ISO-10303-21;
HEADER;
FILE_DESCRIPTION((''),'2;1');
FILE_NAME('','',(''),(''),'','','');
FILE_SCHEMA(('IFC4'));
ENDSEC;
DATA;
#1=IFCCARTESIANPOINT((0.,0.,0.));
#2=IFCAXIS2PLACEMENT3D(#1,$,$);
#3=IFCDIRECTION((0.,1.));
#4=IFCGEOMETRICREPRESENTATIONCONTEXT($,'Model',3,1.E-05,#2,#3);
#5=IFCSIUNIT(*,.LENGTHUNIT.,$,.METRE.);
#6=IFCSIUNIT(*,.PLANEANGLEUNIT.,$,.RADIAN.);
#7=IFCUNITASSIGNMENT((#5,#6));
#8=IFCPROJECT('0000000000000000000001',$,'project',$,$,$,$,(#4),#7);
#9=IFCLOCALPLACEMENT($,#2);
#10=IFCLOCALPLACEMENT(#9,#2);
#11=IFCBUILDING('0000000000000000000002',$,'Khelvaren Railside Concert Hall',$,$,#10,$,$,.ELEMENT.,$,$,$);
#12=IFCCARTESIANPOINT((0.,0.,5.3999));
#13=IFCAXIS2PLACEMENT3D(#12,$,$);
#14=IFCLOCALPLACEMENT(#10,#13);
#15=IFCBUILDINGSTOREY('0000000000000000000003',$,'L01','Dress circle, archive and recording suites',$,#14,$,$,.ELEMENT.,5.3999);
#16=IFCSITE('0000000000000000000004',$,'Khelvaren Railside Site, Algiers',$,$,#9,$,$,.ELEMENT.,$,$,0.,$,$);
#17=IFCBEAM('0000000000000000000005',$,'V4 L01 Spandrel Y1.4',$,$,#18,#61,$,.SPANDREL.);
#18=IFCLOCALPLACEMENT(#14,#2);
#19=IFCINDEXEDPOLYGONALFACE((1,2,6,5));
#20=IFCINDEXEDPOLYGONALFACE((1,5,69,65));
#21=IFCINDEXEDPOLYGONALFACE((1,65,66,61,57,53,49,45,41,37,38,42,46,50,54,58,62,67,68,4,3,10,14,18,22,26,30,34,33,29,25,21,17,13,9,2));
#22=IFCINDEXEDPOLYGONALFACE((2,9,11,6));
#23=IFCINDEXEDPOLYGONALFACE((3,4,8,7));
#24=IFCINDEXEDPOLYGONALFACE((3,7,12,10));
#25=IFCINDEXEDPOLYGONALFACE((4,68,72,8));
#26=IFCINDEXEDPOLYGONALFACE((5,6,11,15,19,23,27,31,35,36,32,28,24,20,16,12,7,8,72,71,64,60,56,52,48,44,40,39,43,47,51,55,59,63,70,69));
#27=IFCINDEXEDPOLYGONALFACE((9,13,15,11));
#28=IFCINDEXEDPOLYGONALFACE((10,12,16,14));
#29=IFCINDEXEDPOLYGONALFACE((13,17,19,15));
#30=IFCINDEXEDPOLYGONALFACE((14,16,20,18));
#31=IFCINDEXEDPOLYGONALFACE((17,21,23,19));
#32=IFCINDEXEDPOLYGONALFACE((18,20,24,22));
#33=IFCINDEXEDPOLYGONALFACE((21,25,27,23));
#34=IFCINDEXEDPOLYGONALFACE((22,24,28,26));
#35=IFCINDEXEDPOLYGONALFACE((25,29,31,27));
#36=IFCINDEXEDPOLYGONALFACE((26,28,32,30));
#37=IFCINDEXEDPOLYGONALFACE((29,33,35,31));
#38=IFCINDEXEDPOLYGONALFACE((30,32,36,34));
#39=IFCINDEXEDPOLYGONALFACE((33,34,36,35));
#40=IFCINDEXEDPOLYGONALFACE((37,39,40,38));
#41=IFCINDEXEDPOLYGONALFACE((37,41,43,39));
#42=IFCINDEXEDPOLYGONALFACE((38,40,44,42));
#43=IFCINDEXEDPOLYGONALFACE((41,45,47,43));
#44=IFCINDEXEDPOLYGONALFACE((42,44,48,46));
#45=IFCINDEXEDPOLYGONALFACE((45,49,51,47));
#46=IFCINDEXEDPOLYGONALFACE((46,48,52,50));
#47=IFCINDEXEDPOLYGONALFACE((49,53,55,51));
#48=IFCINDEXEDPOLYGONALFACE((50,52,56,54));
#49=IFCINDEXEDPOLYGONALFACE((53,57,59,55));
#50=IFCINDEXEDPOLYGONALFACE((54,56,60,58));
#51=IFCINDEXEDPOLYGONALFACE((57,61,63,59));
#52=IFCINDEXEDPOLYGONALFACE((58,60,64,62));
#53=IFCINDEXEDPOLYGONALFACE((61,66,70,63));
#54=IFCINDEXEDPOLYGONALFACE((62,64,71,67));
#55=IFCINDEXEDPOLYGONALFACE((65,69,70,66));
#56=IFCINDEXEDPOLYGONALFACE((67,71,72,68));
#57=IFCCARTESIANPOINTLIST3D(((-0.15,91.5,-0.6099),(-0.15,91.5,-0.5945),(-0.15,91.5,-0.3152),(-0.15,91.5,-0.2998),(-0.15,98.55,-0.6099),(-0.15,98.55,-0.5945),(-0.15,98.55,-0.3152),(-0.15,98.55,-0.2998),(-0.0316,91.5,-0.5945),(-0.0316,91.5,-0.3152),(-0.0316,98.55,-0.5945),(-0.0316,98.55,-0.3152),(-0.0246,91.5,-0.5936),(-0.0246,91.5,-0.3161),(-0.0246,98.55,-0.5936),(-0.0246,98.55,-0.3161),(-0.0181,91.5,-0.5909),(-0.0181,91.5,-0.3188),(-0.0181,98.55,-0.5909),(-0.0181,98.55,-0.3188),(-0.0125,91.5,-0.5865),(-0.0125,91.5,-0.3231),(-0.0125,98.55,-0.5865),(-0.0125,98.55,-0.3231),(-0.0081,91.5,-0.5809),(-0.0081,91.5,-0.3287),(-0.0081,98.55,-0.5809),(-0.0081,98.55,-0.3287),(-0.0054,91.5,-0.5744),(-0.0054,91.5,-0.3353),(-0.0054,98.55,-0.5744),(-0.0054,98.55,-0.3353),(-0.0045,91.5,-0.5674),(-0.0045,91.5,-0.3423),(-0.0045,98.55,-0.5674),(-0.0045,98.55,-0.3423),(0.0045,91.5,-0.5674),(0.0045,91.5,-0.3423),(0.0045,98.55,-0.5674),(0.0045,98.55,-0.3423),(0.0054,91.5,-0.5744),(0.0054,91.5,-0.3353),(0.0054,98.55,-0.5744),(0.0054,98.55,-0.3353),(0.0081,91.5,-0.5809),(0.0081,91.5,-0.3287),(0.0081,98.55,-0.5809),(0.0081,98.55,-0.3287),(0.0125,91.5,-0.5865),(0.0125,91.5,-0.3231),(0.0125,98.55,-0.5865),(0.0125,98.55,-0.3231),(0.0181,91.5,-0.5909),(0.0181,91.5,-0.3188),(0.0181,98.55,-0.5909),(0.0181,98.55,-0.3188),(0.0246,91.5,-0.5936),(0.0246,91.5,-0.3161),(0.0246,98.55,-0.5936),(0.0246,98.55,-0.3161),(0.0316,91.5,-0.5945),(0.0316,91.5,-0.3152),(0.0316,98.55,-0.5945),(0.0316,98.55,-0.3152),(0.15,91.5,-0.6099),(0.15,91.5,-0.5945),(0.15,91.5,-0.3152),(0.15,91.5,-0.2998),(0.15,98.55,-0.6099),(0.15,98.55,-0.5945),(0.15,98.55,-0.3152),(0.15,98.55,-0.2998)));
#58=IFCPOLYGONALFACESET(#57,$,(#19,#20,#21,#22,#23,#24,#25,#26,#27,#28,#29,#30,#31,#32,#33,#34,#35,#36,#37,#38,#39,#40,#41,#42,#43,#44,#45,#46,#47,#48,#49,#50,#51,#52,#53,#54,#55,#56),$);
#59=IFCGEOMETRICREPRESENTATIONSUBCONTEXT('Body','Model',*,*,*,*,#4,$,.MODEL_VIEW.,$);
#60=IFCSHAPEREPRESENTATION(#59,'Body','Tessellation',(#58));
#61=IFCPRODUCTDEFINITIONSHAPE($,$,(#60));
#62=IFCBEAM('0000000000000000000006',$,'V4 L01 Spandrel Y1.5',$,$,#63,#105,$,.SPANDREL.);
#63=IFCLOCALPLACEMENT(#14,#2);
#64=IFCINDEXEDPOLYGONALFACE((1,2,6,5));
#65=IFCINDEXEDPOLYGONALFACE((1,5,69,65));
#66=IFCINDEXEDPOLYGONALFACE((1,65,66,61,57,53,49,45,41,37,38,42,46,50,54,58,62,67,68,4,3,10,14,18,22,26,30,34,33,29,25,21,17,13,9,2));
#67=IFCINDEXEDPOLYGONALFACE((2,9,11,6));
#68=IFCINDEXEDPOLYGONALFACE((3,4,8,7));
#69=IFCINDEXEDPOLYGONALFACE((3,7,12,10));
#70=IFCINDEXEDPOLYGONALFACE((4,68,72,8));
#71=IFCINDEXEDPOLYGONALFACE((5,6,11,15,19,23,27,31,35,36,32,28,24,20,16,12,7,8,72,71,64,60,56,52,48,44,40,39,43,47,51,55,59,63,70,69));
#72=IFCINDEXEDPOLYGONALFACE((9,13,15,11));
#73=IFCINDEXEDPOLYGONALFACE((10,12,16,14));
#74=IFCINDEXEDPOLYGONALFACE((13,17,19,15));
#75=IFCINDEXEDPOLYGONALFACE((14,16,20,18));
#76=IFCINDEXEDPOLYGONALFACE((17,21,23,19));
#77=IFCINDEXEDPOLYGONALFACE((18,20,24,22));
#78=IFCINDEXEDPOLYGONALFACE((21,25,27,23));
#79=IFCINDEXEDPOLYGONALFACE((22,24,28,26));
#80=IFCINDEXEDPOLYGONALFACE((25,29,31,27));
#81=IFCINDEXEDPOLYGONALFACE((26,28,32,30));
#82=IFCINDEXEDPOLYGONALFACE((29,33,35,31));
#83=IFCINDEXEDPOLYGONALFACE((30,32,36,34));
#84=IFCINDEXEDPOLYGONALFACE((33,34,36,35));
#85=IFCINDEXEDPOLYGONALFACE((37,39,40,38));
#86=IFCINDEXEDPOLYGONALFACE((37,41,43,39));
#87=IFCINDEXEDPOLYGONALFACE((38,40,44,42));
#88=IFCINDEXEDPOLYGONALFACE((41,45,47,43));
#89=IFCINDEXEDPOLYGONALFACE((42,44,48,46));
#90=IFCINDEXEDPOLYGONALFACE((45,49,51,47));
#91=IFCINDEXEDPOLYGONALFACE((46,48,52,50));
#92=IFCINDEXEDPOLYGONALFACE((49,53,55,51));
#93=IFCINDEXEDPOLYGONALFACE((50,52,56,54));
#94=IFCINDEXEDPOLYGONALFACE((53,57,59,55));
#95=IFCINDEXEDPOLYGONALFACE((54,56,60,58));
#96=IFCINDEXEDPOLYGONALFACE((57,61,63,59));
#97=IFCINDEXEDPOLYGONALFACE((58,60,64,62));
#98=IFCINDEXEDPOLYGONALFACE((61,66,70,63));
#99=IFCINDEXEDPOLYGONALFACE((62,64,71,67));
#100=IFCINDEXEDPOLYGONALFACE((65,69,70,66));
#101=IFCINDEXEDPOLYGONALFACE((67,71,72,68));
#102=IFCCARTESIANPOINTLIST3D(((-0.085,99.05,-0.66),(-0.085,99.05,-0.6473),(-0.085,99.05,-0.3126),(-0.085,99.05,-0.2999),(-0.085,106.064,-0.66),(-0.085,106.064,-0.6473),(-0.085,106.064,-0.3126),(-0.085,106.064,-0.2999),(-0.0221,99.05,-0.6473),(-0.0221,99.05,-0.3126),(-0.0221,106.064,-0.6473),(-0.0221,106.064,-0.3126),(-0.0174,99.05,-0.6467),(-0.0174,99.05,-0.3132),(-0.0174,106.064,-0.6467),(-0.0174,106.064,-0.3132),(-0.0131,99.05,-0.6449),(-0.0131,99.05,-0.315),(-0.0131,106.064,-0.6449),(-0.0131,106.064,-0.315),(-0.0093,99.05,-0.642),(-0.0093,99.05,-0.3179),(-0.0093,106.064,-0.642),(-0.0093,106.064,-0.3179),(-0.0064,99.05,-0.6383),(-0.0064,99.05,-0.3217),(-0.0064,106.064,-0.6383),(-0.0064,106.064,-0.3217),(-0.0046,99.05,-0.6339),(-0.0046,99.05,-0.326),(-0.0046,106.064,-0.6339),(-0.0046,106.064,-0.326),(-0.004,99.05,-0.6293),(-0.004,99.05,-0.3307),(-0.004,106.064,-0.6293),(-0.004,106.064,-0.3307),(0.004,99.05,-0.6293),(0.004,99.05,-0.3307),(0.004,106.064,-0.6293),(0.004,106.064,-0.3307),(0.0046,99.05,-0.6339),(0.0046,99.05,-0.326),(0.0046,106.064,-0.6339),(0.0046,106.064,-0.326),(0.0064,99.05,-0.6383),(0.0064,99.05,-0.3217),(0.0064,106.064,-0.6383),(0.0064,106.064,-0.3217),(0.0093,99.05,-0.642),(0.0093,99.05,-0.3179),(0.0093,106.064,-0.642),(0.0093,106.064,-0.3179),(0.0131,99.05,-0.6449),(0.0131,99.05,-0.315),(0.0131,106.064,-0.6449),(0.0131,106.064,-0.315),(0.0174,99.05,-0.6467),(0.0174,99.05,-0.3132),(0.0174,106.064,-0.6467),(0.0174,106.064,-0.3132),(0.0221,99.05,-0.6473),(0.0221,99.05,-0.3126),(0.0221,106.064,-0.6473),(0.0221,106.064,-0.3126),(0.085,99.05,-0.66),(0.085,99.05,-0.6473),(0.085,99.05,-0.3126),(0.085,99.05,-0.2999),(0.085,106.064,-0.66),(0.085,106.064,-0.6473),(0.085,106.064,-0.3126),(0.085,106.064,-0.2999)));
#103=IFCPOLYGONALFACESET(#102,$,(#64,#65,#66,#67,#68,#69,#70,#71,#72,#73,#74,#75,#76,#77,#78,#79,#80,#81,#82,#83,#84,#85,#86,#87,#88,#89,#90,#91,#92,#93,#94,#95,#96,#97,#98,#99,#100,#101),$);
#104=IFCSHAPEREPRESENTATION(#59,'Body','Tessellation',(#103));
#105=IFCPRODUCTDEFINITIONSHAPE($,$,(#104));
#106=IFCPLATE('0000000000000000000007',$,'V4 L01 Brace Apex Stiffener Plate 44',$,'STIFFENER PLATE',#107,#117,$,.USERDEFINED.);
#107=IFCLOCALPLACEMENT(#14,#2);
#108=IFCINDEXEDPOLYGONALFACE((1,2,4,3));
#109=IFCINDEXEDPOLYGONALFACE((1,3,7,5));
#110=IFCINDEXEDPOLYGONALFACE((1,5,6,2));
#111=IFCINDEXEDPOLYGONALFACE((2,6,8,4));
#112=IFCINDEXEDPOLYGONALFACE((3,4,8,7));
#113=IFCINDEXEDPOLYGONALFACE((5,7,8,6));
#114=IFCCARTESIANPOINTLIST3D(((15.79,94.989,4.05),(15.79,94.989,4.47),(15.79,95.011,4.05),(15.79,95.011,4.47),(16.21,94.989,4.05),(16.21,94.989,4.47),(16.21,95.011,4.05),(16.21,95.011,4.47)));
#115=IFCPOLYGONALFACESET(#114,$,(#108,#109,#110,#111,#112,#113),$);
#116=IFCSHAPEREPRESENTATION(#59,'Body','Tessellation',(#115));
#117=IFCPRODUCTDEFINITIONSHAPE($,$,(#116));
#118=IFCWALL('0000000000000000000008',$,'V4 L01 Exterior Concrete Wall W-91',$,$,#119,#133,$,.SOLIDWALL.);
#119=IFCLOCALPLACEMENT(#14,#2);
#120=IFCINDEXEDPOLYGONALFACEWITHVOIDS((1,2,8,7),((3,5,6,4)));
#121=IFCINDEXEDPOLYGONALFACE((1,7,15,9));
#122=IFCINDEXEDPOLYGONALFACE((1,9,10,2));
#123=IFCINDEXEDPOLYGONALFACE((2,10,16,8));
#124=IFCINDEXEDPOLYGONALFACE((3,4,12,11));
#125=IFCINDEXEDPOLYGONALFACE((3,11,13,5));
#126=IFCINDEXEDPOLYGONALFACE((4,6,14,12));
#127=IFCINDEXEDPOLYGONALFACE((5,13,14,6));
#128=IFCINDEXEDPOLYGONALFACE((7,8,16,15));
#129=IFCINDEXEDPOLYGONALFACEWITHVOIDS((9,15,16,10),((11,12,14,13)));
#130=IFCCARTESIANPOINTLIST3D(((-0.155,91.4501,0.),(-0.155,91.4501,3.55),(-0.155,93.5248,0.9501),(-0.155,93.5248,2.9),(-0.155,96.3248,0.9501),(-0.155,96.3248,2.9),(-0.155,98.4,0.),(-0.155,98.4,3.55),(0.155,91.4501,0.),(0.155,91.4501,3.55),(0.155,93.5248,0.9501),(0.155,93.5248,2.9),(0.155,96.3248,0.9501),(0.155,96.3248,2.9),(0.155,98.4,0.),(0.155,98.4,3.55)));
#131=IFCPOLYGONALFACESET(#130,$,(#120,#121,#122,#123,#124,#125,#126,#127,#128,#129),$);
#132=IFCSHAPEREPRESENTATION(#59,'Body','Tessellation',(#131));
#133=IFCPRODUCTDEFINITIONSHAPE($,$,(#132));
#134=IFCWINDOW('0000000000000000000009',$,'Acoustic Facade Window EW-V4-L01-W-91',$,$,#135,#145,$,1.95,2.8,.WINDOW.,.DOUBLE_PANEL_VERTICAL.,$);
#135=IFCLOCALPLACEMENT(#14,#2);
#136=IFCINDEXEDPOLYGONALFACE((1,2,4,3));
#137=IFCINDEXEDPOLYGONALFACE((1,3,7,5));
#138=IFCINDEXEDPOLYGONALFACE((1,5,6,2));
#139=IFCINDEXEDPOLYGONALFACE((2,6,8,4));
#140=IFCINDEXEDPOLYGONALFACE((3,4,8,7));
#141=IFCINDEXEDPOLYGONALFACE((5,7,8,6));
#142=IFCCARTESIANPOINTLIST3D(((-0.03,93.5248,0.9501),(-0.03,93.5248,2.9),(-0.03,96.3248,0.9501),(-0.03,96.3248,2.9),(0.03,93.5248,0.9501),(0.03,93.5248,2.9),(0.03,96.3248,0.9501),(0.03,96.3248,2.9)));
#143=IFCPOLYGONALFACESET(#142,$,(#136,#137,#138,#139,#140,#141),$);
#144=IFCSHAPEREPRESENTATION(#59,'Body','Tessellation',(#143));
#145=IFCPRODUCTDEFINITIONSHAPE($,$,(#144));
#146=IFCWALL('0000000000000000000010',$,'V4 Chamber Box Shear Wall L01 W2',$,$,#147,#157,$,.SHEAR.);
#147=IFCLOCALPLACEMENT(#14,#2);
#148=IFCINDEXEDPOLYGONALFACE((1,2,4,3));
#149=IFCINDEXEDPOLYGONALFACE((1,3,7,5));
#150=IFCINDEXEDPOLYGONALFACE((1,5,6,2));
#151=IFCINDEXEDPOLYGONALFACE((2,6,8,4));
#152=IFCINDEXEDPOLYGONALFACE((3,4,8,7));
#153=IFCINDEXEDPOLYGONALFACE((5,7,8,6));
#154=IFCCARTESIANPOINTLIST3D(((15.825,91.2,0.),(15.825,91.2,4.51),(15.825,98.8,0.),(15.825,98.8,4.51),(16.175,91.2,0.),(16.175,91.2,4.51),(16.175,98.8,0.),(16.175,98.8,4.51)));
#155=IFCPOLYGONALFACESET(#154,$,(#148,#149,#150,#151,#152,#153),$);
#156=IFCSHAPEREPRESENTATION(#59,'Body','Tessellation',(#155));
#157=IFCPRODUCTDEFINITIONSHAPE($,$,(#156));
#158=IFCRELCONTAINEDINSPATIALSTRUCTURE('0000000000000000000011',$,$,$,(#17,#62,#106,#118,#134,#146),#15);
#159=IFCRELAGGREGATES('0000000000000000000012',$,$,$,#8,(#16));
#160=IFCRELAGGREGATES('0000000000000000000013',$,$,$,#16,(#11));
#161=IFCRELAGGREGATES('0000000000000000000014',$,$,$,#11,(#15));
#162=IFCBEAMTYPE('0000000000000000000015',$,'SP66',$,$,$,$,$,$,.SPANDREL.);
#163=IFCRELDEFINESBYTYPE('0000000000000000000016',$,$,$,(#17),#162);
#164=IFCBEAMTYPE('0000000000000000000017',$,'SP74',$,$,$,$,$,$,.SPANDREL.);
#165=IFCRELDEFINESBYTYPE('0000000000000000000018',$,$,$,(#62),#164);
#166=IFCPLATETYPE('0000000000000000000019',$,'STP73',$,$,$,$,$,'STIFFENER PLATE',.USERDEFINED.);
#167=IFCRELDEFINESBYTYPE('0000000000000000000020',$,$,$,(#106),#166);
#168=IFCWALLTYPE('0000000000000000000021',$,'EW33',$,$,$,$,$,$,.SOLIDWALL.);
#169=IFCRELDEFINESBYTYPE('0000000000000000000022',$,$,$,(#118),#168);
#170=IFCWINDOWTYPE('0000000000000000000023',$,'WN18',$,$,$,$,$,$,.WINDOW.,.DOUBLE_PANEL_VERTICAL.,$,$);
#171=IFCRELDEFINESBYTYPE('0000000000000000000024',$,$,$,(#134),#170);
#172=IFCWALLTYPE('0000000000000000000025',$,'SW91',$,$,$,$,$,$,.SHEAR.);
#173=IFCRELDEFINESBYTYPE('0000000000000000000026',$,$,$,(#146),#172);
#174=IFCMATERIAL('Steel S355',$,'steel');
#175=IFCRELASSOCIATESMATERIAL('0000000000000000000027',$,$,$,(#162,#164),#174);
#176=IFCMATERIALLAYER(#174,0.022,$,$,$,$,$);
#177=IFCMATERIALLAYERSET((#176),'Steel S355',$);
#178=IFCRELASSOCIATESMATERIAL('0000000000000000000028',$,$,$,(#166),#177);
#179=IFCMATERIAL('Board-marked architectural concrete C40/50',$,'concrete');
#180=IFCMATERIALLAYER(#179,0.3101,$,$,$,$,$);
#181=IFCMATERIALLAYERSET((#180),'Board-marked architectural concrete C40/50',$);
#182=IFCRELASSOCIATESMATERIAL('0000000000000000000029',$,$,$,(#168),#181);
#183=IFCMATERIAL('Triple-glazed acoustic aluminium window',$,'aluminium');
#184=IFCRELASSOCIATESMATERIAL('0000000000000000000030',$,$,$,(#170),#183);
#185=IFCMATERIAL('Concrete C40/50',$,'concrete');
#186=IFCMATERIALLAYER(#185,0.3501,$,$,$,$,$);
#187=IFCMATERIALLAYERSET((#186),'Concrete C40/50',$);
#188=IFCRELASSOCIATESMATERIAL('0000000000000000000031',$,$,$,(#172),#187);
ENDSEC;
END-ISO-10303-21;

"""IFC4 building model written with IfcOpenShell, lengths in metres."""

from ifc_helpers import new_model, si_unit, direction, frame, frame_2d, origin, origin_2d, place, context, subcontext, project, spatial, rectangle, i_section, extrude, material, layer, layer_set, material_profile, profile_set, type_object, element, fill, save


model = new_model("IFC4")

# Units and contexts
model_context = context("Model", 3, precision=1e-05, world=origin(), true_north=direction((0.0, 1.0)))
body_context = subcontext(model_context, "Body", "Model", "MODEL_VIEW")
ifc_project = project(units=[si_unit("LENGTHUNIT", "METRE"), si_unit("PLANEANGLEUNIT", "RADIAN")], contexts=[model_context])

# Site, building, storey
site_placement = place(None, origin())
site = spatial("IfcSite", under=ifc_project, at=site_placement, Name="Khelvaren Railside Site, Algiers", CompositionType="ELEMENT", RefElevation=0.0)
building_placement = place(site_placement, origin())
building = spatial("IfcBuilding", under=site, at=building_placement, Name="Khelvaren Railside Concert Hall", CompositionType="ELEMENT")
storey_placement = place(building_placement, frame((0.0, 0.0, 5.3999)))
storey = spatial("IfcBuildingStorey", under=building, at=storey_placement, Name="L01", Description="Dress circle, archive and recording suites", CompositionType="ELEMENT", Elevation=5.3999)

# Shared definitions
ifc_material_1 = material(Name="Steel S355", Category="steel")
ifc_material_2 = material(Name="Concrete C40/50", Category="concrete")

# Beams
ifc_material_profile_1 = material_profile(ifc_material_1, i_section(OverallWidth=0.3, OverallDepth=0.3101, WebThickness=0.009, FlangeThickness=0.0154, FilletRadius=0.0271, at=origin_2d()), Name="HEA 320")
ifc_profile_set_1 = profile_set([ifc_material_profile_1], Name="Steel S355")
beam_type_1 = type_object("IfcBeamType", Name="SP66", PredefinedType="SPANDREL", material=ifc_profile_set_1)
beam_1_placement = place(storey_placement, frame((0.0, 91.5, -0.4548), z_axis=(0.0, 1.0, 0.0), x_axis=(-1.0, 0.0, 0.0)))
element("IfcBeam", 1, at=beam_1_placement, inside=storey, type_object=beam_type_1, Name="V4 L01 Spandrel Y1.4", PredefinedType="SPANDREL", context=body_context, shape_type="SweptSolid", body=[
    extrude(i_section(OverallWidth=0.3, OverallDepth=0.3101, WebThickness=0.009, FlangeThickness=0.0154, FilletRadius=0.0271, at=origin_2d()), origin(), (0.0, 0.0, 1.0), 7.05),
])
ifc_material_profile_2 = material_profile(ifc_material_1, i_section(OverallWidth=0.1699, OverallDepth=0.3601, WebThickness=0.0081, FlangeThickness=0.0127, FilletRadius=0.0181, at=origin_2d()), Name="IPE 360")
ifc_profile_set_2 = profile_set([ifc_material_profile_2], Name="Steel S355")
beam_type_2 = type_object("IfcBeamType", Name="SP74", PredefinedType="SPANDREL", material=ifc_profile_set_2)
beam_2_placement = place(storey_placement, frame((0.0, 99.05, -0.48), z_axis=(0.0, 1.0, 0.0), x_axis=(-1.0, 0.0, 0.0)))
element("IfcBeam", 2, at=beam_2_placement, inside=storey, type_object=beam_type_2, Name="V4 L01 Spandrel Y1.5", PredefinedType="SPANDREL", context=body_context, shape_type="SweptSolid", body=[
    extrude(i_section(OverallWidth=0.1699, OverallDepth=0.3601, WebThickness=0.0081, FlangeThickness=0.0127, FilletRadius=0.0181, at=origin_2d()), origin(), (0.0, 0.0, 1.0), 7.0139),
])

# Plate
ifc_layer_1 = layer(ifc_material_1, 0.022)
ifc_layer_set_1 = layer_set([ifc_layer_1], Name="Steel S355")
plate_type = type_object("IfcPlateType", Name="STP73", ElementType="STIFFENER PLATE", PredefinedType="USERDEFINED", material=ifc_layer_set_1)
plate_placement = place(storey_placement, frame((16.0, 95.0, 4.05), z_axis=(0.0, 0.0, 1.0), x_axis=(1.0, 0.0, 0.0)))
element("IfcPlate", 3, at=plate_placement, inside=storey, type_object=plate_type, Name="V4 L01 Brace Apex Stiffener Plate 44", ObjectType="STIFFENER PLATE", PredefinedType="USERDEFINED", context=body_context, shape_type="SweptSolid", body=[
    extrude(rectangle(XDim=0.4199, YDim=0.022, at=origin_2d()), origin(), (0.0, 0.0, 1.0), 0.4199),
])

# Wall, opening, window
ifc_material_3 = material(Name="Board-marked architectural concrete C40/50", Category="concrete")
ifc_layer_2 = layer(ifc_material_3, 0.3101)
ifc_layer_set_2 = layer_set([ifc_layer_2], Name="Board-marked architectural concrete C40/50")
wall_type_1 = type_object("IfcWallType", Name="EW33", PredefinedType="SOLIDWALL", material=ifc_layer_set_2)
wall_1_placement = place(storey_placement, frame((0.0, 91.45, 0.0), z_axis=(0.0, 0.0, 1.0), x_axis=(0.0, 1.0, 0.0)))
wall_1 = element("IfcWall", 4, at=wall_1_placement, inside=storey, type_object=wall_type_1, Name="V4 L01 Exterior Concrete Wall W-91", PredefinedType="SOLIDWALL", context=body_context, shape_type="SweptSolid", body=[
    extrude(rectangle(XDim=6.95, YDim=0.3101, at=frame_2d((3.4751, 0.0))), origin(), (0.0, 0.0, 1.0), 3.55),
])
opening_1_placement = place(wall_1_placement, frame((2.075, 0.0, 0.95)))
opening_1 = element("IfcOpeningElement", 5, at=opening_1_placement, cuts=wall_1, PredefinedType="OPENING", context=body_context, shape_type="SweptSolid", body=[
    extrude(rectangle(XDim=2.8, YDim=1.95, at=frame_2d((1.3999, 0.9751))), frame((0.0, 0.165, 0.0), z_axis=(0.0, -1.0, 0.0), x_axis=(1.0, 0.0, 0.0)), (0.0, 0.0, 1.0), 0.3301),
])
ifc_material_4 = material(Name="Triple-glazed acoustic aluminium window", Category="aluminium")
window_type = type_object("IfcWindowType", Name="WN18", PartitioningType="DOUBLE_PANEL_VERTICAL", PredefinedType="WINDOW", material=ifc_material_4)
window_placement = place(opening_1_placement, origin())
window = element("IfcWindow", 6, at=window_placement, inside=storey, type_object=window_type, Name="Acoustic Facade Window EW-V4-L01-W-91", OverallHeight=1.95, OverallWidth=2.8, PartitioningType="DOUBLE_PANEL_VERTICAL", PredefinedType="WINDOW", context=body_context, shape_type="SweptSolid", body=[
    extrude(rectangle(XDim=2.8, YDim=1.95, at=frame_2d((1.3999, 0.9751))), frame((0.0, 0.03, 0.0), z_axis=(0.0, -1.0, 0.0), x_axis=(1.0, 0.0, 0.0)), (0.0, 0.0, 1.0), 0.0601),
])
fill(opening_1, window)

# Wall
ifc_layer_3 = layer(ifc_material_2, 0.3501)
ifc_layer_set_3 = layer_set([ifc_layer_3], Name="Concrete C40/50")
wall_type_2 = type_object("IfcWallType", Name="SW91", PredefinedType="SHEAR", material=ifc_layer_set_3)
wall_2_placement = place(storey_placement, frame((16.0, 91.2, 0.0), z_axis=(0.0, 0.0, 1.0), x_axis=(0.0, 1.0, 0.0)))
element("IfcWall", 7, at=wall_2_placement, inside=storey, type_object=wall_type_2, Name="V4 Chamber Box Shear Wall L01 W2", PredefinedType="SHEAR", context=body_context, shape_type="SweptSolid", body=[
    extrude(rectangle(XDim=7.6001, YDim=0.3501, at=frame_2d((3.8, 0.0))), origin(), (0.0, 0.0, 1.0), 4.51),
])

save(model, "model.ifc")
